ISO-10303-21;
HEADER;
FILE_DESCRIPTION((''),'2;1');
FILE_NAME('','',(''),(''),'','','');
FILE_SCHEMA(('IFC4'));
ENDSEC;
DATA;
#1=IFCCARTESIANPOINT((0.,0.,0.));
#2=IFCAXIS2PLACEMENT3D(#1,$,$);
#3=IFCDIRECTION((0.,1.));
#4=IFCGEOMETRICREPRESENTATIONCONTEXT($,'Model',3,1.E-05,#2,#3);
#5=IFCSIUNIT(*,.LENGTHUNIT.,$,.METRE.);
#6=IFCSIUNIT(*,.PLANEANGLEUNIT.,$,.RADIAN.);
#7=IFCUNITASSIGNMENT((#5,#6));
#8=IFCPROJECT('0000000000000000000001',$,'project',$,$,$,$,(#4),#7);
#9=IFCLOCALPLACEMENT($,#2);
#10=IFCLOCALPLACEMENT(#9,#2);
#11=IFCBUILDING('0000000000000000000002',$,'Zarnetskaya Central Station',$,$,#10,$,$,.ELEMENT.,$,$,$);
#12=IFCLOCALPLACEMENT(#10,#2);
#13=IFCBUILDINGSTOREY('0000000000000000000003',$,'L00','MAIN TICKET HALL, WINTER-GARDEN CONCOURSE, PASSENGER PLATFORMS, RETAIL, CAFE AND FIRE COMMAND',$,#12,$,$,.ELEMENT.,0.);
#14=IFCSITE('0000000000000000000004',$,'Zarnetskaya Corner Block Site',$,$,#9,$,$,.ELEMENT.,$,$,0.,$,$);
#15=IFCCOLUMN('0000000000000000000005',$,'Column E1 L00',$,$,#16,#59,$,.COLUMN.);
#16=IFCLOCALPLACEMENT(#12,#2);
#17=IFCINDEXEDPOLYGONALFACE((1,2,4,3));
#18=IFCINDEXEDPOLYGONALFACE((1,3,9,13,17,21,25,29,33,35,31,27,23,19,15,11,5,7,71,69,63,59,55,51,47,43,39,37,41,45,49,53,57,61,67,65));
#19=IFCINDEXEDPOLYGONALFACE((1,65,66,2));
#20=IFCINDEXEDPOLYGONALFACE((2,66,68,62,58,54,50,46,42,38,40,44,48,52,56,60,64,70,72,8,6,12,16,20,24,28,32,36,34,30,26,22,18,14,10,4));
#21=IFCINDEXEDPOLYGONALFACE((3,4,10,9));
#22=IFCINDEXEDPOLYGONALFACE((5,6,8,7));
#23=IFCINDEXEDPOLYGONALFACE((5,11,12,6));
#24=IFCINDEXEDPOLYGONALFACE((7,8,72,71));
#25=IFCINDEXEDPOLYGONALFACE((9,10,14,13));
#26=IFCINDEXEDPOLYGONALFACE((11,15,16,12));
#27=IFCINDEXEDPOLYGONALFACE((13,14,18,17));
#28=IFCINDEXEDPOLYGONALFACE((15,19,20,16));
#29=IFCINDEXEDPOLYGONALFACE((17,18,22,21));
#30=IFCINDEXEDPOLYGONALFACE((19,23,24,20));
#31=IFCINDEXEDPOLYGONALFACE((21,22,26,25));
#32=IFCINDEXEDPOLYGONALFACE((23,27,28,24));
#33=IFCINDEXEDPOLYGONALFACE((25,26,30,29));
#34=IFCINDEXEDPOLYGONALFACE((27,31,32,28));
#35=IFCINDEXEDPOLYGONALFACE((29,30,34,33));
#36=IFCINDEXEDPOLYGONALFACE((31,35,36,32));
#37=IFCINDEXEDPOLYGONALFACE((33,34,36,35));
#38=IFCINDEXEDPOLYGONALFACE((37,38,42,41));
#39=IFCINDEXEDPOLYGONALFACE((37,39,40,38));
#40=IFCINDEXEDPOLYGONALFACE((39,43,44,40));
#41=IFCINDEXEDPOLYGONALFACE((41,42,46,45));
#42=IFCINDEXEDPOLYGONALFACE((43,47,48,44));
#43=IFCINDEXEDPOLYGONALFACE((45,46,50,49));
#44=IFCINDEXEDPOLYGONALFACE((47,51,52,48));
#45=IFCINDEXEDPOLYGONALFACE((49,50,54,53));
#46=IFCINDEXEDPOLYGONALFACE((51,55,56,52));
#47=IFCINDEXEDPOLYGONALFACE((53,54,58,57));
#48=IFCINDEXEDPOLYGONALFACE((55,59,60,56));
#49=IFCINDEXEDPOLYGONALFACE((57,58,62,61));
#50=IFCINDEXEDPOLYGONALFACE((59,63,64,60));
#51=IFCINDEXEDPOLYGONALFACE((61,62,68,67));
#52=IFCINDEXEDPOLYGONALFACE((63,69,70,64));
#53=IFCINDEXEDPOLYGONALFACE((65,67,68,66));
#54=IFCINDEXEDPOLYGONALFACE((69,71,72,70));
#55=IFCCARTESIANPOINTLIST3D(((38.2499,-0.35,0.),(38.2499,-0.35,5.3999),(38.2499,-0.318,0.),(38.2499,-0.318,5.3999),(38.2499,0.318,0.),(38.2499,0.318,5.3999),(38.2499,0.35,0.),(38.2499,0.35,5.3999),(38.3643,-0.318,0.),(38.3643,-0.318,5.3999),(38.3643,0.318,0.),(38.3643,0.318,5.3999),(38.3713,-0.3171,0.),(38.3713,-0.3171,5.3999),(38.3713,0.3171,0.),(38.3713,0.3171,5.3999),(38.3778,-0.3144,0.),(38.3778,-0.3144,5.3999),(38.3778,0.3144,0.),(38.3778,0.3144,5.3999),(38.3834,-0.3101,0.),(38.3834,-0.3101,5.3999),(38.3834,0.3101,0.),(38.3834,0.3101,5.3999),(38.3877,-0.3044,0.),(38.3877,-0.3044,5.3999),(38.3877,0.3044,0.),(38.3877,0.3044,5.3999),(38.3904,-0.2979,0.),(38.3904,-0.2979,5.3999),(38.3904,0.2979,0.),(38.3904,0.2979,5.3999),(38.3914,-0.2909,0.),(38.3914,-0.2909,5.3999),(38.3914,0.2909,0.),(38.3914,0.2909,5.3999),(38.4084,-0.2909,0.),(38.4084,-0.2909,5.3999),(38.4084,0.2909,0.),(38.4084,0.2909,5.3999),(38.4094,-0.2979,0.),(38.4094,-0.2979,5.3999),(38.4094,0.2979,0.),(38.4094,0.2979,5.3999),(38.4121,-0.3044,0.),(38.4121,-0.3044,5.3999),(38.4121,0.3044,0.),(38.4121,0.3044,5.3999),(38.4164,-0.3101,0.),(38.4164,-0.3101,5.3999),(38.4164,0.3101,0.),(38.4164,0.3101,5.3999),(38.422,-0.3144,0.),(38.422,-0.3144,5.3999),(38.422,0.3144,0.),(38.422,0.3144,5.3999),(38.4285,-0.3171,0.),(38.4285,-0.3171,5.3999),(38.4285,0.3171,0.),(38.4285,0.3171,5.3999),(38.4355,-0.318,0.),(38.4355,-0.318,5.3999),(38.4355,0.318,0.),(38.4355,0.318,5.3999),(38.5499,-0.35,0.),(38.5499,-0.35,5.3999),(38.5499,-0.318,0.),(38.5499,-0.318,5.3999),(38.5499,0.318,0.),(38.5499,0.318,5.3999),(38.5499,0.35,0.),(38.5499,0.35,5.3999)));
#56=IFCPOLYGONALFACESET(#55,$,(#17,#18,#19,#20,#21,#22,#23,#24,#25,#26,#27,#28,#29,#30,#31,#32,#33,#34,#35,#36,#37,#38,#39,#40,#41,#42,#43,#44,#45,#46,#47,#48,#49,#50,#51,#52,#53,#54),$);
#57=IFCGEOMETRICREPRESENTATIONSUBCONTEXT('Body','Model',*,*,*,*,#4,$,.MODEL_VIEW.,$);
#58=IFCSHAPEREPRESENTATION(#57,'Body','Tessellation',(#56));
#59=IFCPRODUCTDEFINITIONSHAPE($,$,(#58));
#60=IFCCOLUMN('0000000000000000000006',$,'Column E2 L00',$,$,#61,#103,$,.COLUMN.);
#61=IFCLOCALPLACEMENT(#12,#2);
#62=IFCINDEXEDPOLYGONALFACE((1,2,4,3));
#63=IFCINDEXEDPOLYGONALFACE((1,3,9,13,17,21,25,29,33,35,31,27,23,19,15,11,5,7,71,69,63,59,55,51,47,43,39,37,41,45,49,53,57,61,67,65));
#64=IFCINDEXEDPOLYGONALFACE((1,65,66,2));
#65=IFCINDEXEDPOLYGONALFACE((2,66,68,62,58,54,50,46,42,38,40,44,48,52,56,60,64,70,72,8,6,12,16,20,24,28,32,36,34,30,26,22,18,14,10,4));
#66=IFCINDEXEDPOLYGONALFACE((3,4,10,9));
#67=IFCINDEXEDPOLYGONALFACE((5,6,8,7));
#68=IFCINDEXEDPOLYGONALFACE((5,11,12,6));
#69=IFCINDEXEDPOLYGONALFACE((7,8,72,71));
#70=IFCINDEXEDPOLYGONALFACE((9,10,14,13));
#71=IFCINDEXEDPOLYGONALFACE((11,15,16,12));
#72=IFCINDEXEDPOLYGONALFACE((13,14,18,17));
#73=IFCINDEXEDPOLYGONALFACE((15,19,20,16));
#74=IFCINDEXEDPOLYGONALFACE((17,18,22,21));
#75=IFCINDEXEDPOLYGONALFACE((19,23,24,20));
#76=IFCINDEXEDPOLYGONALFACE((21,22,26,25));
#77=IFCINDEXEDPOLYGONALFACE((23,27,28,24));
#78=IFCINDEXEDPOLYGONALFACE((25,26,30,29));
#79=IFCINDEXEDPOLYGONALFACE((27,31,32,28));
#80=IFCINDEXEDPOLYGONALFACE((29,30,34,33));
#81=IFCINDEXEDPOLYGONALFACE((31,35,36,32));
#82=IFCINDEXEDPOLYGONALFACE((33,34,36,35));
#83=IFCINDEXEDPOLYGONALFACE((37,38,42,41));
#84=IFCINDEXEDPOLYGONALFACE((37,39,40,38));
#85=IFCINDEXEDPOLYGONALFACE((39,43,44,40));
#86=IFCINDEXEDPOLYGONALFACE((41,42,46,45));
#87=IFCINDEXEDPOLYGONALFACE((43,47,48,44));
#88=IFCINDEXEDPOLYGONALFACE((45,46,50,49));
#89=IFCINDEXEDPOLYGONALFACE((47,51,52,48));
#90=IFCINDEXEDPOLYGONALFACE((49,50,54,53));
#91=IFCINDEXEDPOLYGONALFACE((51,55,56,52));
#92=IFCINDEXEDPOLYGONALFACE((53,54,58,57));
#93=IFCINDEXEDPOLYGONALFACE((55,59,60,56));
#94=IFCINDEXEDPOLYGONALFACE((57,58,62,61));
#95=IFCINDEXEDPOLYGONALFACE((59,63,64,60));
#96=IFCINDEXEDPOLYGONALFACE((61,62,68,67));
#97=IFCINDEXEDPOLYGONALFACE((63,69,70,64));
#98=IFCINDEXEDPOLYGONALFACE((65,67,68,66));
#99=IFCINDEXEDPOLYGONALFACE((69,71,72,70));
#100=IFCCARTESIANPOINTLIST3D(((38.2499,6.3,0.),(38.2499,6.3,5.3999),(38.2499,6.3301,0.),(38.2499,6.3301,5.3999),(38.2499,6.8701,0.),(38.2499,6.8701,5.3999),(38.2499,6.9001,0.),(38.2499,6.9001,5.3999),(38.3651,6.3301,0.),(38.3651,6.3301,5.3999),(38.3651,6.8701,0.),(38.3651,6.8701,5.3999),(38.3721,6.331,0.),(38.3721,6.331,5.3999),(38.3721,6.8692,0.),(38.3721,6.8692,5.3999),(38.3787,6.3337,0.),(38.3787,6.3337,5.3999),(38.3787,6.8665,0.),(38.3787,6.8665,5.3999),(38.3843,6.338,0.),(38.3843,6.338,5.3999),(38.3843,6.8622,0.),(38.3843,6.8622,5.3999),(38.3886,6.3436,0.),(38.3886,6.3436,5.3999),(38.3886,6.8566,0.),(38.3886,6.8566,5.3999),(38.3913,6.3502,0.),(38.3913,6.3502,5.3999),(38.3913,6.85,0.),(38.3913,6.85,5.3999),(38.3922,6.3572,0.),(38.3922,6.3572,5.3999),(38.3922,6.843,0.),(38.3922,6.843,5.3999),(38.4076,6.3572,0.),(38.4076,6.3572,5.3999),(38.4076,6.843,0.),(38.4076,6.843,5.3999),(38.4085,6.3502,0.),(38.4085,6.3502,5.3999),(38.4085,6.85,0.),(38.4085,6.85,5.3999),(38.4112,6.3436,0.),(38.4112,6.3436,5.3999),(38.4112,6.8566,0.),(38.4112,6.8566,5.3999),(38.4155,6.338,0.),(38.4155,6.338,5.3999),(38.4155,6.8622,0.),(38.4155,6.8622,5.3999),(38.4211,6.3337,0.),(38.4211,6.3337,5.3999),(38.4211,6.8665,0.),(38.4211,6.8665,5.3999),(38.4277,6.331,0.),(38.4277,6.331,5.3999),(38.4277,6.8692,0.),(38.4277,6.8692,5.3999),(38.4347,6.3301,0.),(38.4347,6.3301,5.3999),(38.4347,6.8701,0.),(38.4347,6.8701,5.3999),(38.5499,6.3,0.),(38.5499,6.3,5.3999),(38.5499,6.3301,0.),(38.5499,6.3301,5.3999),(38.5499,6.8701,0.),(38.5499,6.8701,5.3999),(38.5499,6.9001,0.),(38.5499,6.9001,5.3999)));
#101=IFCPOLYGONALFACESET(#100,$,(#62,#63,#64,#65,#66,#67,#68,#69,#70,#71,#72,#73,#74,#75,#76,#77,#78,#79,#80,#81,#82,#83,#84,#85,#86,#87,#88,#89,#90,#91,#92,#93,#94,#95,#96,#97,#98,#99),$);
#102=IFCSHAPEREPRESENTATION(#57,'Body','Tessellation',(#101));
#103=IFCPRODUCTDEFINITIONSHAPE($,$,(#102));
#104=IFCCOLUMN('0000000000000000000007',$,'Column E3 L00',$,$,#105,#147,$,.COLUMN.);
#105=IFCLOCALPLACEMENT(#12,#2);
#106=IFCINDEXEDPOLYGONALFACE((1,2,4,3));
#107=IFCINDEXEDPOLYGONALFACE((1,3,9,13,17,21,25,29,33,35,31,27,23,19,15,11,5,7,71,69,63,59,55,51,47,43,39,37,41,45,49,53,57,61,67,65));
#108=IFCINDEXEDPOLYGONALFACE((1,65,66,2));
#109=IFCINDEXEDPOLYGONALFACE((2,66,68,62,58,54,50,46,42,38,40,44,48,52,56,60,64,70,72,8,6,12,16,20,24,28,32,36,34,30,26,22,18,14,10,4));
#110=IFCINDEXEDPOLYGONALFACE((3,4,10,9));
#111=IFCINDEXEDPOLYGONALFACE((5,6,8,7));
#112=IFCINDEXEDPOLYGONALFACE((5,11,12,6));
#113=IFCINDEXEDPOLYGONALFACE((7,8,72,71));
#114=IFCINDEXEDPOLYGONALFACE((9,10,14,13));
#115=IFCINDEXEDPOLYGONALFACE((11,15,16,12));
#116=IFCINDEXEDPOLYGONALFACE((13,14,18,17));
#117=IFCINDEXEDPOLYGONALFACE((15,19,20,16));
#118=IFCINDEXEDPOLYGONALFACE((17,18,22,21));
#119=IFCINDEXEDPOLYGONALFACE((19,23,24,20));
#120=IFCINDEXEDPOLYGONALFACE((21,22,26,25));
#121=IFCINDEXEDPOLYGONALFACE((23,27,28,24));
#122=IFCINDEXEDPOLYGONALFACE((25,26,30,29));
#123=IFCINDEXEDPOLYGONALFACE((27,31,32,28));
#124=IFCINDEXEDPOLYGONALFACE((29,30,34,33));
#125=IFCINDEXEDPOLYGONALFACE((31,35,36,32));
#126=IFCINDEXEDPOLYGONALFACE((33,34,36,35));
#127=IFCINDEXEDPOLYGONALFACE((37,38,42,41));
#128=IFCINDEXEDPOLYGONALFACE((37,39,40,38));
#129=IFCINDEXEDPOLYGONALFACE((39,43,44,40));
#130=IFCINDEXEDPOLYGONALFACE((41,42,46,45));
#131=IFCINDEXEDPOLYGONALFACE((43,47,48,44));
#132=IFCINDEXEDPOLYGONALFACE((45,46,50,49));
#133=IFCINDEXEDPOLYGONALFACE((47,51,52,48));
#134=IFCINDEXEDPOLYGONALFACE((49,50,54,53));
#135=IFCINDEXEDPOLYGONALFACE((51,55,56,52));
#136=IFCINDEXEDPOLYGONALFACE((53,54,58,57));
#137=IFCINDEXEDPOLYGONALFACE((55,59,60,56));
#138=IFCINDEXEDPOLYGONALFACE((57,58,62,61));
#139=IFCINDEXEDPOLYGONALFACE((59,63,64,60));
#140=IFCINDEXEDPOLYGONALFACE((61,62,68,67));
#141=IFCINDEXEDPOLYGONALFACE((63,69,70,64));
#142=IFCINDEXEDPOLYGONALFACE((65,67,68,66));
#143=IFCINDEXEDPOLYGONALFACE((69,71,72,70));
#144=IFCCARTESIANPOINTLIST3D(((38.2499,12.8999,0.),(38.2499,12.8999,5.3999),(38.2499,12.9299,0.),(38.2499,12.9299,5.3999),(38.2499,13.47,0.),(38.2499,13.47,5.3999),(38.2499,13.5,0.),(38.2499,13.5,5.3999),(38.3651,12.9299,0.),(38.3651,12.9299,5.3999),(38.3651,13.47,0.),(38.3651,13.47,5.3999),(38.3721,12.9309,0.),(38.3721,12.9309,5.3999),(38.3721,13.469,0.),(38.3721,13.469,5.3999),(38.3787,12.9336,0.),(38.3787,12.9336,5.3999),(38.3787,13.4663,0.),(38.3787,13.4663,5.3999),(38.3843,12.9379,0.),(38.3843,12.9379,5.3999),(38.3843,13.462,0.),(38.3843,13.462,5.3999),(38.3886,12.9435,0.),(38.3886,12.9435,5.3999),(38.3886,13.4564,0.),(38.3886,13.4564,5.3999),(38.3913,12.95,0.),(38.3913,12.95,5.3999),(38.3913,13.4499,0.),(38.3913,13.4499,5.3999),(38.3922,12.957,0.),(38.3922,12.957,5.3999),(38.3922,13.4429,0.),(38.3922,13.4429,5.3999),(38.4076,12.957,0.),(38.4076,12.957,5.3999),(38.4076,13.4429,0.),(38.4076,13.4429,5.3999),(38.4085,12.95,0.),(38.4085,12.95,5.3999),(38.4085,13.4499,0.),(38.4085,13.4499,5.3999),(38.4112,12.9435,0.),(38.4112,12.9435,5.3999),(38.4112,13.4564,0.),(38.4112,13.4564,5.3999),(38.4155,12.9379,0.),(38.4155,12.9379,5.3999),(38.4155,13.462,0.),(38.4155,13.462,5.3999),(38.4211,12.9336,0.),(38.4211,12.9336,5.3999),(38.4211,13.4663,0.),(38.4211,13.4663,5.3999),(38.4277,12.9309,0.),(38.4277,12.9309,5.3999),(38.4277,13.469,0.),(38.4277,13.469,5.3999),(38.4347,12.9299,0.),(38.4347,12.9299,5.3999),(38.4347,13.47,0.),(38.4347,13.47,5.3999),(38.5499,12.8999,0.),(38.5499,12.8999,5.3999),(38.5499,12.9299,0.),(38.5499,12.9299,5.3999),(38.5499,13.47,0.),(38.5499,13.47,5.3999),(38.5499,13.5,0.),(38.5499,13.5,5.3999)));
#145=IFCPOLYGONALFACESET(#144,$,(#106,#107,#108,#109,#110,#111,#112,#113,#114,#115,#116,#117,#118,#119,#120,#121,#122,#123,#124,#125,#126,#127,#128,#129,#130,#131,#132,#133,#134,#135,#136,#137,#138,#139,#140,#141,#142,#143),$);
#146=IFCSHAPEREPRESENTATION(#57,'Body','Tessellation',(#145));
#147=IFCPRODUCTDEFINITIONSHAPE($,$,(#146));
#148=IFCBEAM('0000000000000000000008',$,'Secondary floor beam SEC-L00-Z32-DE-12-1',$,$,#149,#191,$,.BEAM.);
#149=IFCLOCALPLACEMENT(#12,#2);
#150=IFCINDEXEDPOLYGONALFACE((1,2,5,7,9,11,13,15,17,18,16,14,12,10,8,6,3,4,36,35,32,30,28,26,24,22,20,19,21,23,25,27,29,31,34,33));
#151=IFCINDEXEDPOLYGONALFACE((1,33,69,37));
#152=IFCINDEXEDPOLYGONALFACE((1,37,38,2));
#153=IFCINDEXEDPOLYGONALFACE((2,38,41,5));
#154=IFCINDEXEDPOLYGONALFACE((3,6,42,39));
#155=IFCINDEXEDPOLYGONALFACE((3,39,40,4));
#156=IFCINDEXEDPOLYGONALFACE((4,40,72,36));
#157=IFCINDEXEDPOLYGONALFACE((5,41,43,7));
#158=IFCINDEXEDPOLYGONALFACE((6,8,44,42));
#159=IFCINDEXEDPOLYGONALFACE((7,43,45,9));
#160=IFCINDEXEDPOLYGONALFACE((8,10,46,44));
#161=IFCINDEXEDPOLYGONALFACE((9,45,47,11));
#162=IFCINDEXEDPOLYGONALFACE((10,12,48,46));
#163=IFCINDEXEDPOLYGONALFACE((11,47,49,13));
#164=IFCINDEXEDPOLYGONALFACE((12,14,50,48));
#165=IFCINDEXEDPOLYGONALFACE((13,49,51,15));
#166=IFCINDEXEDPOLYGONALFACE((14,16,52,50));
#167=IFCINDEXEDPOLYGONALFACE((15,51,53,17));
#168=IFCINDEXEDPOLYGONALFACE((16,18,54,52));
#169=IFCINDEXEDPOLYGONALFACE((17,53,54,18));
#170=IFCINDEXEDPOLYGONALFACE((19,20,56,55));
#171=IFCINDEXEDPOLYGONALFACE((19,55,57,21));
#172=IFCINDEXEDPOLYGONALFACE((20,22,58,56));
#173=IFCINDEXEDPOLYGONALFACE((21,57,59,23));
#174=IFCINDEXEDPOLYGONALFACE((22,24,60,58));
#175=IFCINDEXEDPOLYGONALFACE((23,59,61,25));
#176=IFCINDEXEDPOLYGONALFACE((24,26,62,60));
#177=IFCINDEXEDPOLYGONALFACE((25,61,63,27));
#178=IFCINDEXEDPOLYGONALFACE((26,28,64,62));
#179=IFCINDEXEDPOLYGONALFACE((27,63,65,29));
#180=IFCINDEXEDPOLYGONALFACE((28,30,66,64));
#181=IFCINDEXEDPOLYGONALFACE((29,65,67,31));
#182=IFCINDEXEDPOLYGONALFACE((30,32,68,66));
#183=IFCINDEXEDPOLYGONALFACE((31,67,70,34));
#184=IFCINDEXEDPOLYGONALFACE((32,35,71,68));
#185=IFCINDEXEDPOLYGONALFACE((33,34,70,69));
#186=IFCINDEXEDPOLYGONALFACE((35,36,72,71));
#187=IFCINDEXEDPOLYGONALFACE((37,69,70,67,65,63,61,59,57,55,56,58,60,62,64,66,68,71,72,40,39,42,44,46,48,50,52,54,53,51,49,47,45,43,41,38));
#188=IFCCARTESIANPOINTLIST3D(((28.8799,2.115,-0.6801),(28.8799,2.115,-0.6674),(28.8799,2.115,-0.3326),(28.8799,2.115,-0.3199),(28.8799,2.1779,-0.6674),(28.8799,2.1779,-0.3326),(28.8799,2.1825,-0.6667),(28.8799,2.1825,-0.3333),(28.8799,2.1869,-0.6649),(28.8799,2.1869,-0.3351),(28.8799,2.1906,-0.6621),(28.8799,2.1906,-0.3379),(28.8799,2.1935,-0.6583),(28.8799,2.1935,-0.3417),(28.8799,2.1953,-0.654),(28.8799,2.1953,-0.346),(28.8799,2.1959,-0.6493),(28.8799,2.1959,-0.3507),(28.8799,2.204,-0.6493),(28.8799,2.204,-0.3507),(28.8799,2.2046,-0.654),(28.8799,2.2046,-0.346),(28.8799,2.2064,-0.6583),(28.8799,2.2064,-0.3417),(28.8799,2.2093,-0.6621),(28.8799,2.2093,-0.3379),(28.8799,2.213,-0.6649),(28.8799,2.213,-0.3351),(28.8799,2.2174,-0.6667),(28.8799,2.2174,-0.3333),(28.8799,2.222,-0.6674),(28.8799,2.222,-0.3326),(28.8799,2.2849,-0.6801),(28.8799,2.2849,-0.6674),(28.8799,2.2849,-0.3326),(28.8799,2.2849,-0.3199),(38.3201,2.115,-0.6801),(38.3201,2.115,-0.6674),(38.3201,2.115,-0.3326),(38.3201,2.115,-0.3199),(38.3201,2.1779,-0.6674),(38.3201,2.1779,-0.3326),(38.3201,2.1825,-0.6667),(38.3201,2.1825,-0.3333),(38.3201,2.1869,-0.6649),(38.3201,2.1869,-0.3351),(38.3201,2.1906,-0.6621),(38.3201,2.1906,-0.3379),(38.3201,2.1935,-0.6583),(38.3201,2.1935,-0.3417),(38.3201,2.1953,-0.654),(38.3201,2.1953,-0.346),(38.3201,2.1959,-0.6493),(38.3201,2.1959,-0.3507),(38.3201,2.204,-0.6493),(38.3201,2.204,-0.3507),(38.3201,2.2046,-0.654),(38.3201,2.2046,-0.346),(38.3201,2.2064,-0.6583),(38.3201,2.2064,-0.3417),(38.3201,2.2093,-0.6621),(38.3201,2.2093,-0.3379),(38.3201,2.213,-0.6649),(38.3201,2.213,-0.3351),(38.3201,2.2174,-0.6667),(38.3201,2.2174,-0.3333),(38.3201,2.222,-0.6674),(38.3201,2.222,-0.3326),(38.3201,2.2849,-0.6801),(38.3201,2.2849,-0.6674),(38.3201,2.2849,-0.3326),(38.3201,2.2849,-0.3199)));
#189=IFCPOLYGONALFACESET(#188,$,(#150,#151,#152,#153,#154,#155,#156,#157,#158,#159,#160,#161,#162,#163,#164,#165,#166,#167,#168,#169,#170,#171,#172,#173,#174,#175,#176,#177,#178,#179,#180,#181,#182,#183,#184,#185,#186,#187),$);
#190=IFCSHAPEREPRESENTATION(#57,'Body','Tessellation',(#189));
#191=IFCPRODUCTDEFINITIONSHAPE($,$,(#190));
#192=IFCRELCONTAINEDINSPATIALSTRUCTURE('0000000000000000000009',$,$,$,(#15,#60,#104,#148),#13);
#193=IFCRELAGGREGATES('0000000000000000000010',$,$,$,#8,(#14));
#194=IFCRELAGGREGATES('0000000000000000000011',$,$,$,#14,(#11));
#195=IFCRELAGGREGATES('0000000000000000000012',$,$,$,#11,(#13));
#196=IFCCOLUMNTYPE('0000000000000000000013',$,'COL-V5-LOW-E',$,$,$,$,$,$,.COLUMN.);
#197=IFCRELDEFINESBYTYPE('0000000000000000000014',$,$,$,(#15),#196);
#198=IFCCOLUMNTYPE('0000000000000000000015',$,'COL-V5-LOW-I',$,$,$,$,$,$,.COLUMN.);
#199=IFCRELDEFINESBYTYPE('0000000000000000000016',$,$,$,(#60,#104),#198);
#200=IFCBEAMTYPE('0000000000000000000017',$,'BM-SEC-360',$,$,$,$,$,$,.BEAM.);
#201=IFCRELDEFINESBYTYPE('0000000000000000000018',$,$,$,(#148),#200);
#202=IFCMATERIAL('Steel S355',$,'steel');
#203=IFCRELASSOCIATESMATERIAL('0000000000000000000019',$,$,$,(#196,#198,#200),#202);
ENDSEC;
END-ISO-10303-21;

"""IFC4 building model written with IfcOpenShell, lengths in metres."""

from ifc_helpers import new_model, si_unit, direction, frame, origin, origin_2d, place, context, subcontext, project, spatial, i_section, extrude, material, material_profile, profile_set, type_object, element, save


model = new_model("IFC4")

# Units and contexts
model_context = context("Model", 3, precision=1e-05, world=origin(), true_north=direction((0.0, 1.0)))
body_context = subcontext(model_context, "Body", "Model", "MODEL_VIEW")
ifc_project = project(units=[si_unit("LENGTHUNIT", "METRE"), si_unit("PLANEANGLEUNIT", "RADIAN")], contexts=[model_context])

# Site, building, storey
site_placement = place(None, origin())
site = spatial("IfcSite", under=ifc_project, at=site_placement, Name="Zarnetskaya Corner Block Site", CompositionType="ELEMENT", RefElevation=0.0)
building_placement = place(site_placement, origin())
building = spatial("IfcBuilding", under=site, at=building_placement, Name="Zarnetskaya Central Station", CompositionType="ELEMENT")
storey_placement = place(building_placement, origin())
storey = spatial("IfcBuildingStorey", under=building, at=storey_placement, Name="L00", Description="MAIN TICKET HALL, WINTER-GARDEN CONCOURSE, PASSENGER PLATFORMS, RETAIL, CAFE AND FIRE COMMAND", CompositionType="ELEMENT", Elevation=0.0)

# Columns
ifc_material_1 = material(Name="Steel S355", Category="steel")
ifc_material_profile_1 = material_profile(ifc_material_1, i_section(OverallWidth=0.3, OverallDepth=0.7, WebThickness=0.0171, FlangeThickness=0.032, FilletRadius=0.0271, at=origin_2d()), Name="HEB 700")
ifc_profile_set_1 = profile_set([ifc_material_profile_1], Name="Steel S355")
column_type_1 = type_object("IfcColumnType", Name="COL-V5-LOW-E", PredefinedType="COLUMN", material=ifc_profile_set_1)
column_placement = place(storey_placement, frame((38.3999, 0.0, 0.0), z_axis=(0.0, 0.0, 1.0), x_axis=(1.0, 0.0, 0.0)))
element("IfcColumn", 1, at=column_placement, inside=storey, type_object=column_type_1, Name="Column E1 L00", PredefinedType="COLUMN", context=body_context, shape_type="SweptSolid", body=[
    extrude(i_section(OverallWidth=0.3, OverallDepth=0.7, WebThickness=0.0171, FlangeThickness=0.032, FilletRadius=0.0271, at=origin_2d()), origin(), (0.0, 0.0, 1.0), 5.3999),
])
ifc_material_profile_2 = material_profile(ifc_material_1, i_section(OverallWidth=0.3, OverallDepth=0.6001, WebThickness=0.0154, FlangeThickness=0.03, FilletRadius=0.0271, at=origin_2d()), Name="HEB 600")
ifc_profile_set_2 = profile_set([ifc_material_profile_2], Name="Steel S355")
column_type_2 = type_object("IfcColumnType", Name="COL-V5-LOW-I", PredefinedType="COLUMN", material=ifc_profile_set_2)
for number, where, z_axis, x_axis, name in (
    (2, (38.3999, 6.6001, 0.0), (0.0, 0.0, 1.0), (1.0, 0.0, 0.0), "Column E2 L00"),
    (3, (38.3999, 13.2, 0.0), (0.0, 0.0, 1.0), (1.0, 0.0, 0.0), "Column E3 L00"),
):
    element("IfcColumn", number, at=place(storey_placement, frame(where, z_axis=z_axis, x_axis=x_axis)), inside=storey, type_object=column_type_2, Name=name, PredefinedType="COLUMN", context=body_context, shape_type="SweptSolid", body=[
        extrude(i_section(OverallWidth=0.3, OverallDepth=0.6001, WebThickness=0.0154, FlangeThickness=0.03, FilletRadius=0.0271, at=origin_2d()), origin(), (0.0, 0.0, 1.0), 5.3999),
    ])

# Beam
ifc_material_profile_3 = material_profile(ifc_material_1, i_section(OverallWidth=0.1699, OverallDepth=0.3601, WebThickness=0.0081, FlangeThickness=0.0127, FilletRadius=0.0181, at=origin_2d()), Name="IPE 360")
ifc_profile_set_3 = profile_set([ifc_material_profile_3], Name="Steel S355")
beam_type_1 = type_object("IfcBeamType", Name="BM-SEC-360", PredefinedType="BEAM", material=ifc_profile_set_3)
for number, where, z_axis, x_axis, name in (
    (4, (28.8799, 2.2, -0.5), (1.0, 0.0, 0.0), (0.0, 1.0, 0.0), "Secondary floor beam SEC-L00-Z32-DE-12-1"),
):
    element("IfcBeam", number, at=place(storey_placement, frame(where, z_axis=z_axis, x_axis=x_axis)), inside=storey, type_object=beam_type_1, Name=name, PredefinedType="BEAM", context=body_context, shape_type="SweptSolid", body=[
        extrude(i_section(OverallWidth=0.1699, OverallDepth=0.3601, WebThickness=0.0081, FlangeThickness=0.0127, FilletRadius=0.0181, at=origin_2d()), origin(), (0.0, 0.0, 1.0), 9.4402),
    ])

save(model, "model.ifc")
